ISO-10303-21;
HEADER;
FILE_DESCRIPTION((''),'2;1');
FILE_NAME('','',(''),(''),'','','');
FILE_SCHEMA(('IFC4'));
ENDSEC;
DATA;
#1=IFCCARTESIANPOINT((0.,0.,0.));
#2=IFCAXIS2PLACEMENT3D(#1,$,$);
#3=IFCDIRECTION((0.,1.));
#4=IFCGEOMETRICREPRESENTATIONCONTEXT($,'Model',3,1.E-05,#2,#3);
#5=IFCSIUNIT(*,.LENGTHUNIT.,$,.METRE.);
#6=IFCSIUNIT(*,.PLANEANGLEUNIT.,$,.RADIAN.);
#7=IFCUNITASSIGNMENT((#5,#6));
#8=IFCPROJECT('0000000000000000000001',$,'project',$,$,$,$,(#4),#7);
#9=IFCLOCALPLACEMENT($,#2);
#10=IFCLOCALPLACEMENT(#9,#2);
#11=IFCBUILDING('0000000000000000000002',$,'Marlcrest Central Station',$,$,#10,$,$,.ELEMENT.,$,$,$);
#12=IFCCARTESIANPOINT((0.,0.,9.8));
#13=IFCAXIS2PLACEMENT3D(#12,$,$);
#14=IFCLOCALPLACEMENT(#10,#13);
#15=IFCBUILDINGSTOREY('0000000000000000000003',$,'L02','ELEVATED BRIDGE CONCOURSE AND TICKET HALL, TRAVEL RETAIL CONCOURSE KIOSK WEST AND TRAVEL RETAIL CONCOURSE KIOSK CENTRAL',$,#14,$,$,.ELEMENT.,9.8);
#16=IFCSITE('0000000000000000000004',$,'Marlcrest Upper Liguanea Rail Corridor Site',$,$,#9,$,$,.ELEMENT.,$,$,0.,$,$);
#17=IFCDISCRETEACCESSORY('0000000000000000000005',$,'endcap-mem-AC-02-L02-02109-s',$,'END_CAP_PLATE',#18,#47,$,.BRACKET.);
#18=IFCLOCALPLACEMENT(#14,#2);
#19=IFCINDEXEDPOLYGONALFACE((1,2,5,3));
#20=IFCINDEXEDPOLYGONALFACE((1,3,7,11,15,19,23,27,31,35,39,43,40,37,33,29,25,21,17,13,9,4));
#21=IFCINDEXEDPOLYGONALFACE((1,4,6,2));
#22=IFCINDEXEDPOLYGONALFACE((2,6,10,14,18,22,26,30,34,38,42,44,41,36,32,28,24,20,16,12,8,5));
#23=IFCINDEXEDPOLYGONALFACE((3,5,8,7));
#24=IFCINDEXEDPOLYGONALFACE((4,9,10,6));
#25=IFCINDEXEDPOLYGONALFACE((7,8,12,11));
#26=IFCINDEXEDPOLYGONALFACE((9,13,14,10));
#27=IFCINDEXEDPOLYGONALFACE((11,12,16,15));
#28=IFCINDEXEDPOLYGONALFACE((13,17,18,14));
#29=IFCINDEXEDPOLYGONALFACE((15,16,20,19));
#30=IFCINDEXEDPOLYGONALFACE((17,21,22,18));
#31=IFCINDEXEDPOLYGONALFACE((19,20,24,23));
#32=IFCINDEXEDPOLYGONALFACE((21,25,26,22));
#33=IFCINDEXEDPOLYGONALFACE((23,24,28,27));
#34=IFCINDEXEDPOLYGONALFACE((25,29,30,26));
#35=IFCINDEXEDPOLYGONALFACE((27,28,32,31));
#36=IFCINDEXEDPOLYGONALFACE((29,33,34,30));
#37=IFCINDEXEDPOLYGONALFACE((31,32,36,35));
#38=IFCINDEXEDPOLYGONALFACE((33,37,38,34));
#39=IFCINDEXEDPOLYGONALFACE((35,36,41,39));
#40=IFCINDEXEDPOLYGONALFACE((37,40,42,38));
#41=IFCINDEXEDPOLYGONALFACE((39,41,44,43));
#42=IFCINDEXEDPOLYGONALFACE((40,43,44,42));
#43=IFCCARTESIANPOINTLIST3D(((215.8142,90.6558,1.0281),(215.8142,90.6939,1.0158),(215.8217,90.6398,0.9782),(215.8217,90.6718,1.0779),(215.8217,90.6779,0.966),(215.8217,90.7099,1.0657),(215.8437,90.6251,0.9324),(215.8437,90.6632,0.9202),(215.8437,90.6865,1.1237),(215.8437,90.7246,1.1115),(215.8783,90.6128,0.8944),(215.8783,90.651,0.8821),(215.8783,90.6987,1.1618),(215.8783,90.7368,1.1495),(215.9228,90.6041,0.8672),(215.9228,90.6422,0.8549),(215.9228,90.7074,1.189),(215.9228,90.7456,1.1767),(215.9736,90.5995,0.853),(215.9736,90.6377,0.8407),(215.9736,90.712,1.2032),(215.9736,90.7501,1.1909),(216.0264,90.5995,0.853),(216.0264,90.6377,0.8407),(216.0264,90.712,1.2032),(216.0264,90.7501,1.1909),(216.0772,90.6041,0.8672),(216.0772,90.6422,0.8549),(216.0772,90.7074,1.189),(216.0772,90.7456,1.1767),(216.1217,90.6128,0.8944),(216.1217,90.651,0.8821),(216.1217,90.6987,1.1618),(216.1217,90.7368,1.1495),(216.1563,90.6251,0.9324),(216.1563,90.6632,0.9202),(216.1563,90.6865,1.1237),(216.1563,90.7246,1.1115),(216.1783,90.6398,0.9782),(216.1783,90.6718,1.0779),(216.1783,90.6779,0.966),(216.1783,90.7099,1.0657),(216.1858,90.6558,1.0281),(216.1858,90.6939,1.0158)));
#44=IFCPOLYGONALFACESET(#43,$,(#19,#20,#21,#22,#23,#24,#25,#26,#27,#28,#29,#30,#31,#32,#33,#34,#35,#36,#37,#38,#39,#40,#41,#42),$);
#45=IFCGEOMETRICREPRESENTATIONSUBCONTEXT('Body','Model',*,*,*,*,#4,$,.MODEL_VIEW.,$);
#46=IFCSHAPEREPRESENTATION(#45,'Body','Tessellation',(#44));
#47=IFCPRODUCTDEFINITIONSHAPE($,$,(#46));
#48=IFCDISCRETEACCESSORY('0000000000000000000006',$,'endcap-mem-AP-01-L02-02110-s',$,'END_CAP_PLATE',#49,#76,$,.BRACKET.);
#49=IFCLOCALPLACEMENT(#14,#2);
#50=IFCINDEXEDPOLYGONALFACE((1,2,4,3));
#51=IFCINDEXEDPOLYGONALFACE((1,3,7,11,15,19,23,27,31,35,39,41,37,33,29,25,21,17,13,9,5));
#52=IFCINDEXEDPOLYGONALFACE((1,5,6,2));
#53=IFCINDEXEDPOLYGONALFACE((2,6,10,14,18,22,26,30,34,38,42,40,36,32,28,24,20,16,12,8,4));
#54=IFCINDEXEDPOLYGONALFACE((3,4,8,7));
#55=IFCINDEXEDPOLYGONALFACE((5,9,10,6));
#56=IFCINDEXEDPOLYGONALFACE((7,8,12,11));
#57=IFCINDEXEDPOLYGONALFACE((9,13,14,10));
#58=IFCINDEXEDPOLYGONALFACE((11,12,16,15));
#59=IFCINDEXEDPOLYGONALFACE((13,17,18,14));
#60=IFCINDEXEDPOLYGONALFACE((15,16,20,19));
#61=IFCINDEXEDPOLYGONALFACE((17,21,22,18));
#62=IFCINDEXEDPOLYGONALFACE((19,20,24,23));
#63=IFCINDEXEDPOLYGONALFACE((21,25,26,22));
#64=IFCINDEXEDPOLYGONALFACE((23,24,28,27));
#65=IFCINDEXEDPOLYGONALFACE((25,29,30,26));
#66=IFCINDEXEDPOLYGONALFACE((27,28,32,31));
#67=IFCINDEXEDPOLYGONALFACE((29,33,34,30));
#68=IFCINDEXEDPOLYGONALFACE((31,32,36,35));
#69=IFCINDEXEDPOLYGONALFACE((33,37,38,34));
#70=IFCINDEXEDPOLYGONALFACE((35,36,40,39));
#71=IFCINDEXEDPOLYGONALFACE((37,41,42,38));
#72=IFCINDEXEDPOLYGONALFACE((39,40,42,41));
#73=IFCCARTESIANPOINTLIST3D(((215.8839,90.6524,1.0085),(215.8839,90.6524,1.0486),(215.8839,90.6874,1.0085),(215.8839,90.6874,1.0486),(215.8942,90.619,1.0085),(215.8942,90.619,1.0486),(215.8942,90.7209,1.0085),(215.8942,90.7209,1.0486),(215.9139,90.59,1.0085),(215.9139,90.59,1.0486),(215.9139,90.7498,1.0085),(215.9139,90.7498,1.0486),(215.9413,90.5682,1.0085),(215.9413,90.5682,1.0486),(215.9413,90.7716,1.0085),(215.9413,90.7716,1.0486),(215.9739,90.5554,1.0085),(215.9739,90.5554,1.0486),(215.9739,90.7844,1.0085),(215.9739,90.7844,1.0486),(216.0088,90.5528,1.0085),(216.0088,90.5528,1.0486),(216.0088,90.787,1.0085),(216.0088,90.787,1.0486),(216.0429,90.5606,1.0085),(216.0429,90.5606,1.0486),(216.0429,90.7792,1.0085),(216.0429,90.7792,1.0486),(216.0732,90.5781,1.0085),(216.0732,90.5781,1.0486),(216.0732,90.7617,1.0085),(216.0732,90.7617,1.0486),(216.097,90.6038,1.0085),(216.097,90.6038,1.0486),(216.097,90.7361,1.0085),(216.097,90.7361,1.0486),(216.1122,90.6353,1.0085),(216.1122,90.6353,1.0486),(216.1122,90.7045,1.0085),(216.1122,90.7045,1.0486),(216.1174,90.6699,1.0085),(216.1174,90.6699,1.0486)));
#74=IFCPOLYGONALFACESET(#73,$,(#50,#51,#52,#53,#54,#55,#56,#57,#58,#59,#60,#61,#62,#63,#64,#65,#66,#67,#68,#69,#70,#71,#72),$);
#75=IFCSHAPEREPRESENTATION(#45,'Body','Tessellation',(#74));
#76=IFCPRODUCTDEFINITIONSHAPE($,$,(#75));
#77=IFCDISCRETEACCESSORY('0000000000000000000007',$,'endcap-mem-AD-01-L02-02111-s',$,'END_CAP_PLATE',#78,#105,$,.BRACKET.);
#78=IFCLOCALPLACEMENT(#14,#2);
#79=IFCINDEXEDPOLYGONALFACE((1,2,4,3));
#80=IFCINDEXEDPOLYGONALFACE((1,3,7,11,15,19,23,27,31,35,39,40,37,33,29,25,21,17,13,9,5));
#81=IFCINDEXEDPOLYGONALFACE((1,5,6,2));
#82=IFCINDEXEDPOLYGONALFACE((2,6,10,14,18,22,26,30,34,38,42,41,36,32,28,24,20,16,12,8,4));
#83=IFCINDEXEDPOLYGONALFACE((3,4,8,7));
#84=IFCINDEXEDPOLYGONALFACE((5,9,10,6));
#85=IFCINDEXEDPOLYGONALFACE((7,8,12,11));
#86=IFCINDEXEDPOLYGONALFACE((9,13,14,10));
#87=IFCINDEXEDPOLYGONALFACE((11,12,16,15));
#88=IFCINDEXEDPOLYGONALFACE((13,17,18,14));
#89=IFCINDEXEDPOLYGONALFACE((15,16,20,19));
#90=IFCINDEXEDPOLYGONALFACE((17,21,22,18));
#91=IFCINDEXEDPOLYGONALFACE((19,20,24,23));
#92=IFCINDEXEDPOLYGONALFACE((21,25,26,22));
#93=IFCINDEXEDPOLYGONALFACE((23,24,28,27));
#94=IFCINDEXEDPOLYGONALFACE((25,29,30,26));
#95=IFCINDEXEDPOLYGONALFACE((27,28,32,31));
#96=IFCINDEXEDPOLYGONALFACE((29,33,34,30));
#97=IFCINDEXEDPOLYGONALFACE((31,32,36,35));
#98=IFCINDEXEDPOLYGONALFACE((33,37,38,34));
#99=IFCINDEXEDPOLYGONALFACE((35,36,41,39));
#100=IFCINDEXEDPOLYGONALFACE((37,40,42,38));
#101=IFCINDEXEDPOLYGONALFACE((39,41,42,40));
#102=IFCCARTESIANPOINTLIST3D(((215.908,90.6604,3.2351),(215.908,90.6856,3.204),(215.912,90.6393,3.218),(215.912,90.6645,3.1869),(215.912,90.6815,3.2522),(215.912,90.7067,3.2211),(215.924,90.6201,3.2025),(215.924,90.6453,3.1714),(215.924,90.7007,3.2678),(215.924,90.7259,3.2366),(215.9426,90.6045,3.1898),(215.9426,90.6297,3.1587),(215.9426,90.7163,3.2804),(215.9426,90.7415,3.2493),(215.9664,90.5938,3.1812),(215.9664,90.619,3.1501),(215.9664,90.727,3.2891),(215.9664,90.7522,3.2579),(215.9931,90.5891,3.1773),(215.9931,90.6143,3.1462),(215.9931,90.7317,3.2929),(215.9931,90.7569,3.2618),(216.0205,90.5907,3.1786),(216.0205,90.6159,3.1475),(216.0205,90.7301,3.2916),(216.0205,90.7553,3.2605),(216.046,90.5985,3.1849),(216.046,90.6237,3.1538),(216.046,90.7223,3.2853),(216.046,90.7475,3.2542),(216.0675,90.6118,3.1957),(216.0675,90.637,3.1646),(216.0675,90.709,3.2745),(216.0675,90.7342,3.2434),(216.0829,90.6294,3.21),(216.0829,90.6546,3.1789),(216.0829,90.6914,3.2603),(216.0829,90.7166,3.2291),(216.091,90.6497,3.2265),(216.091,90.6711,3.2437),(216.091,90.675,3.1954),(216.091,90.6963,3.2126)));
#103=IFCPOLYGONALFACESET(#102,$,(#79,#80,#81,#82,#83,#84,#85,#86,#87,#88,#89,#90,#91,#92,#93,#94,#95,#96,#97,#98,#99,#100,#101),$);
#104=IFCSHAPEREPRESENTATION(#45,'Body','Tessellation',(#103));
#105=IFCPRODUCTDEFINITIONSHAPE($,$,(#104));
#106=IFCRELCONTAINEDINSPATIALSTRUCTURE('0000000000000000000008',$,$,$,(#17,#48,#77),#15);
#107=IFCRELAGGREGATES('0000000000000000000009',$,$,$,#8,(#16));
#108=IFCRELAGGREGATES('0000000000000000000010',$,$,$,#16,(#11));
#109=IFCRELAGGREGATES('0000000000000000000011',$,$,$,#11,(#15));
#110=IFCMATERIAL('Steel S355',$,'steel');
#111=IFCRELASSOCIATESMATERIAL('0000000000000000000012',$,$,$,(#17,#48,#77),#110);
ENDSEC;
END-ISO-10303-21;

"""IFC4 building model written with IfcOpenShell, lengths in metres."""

from ifc_helpers import new_model, si_unit, direction, frame, origin, origin_2d, place, context, subcontext, project, spatial, circle, extrude, material, element, save


model = new_model("IFC4")

# Units and contexts
model_context = context("Model", 3, precision=1e-05, world=origin(), true_north=direction((0.0, 1.0)))
body_context = subcontext(model_context, "Body", "Model", "MODEL_VIEW")
ifc_project = project(units=[si_unit("LENGTHUNIT", "METRE"), si_unit("PLANEANGLEUNIT", "RADIAN")], contexts=[model_context])

# Site, building, storey
site_placement = place(None, origin())
site = spatial("IfcSite", under=ifc_project, at=site_placement, Name="Marlcrest Upper Liguanea Rail Corridor Site", CompositionType="ELEMENT", RefElevation=0.0)
building_placement = place(site_placement, origin())
building = spatial("IfcBuilding", under=site, at=building_placement, Name="Marlcrest Central Station", CompositionType="ELEMENT")
storey_placement = place(building_placement, frame((0.0, 0.0, 9.8)))
storey = spatial("IfcBuildingStorey", under=building, at=storey_placement, Name="L02", Description="ELEVATED BRIDGE CONCOURSE AND TICKET HALL, TRAVEL RETAIL CONCOURSE KIOSK WEST AND TRAVEL RETAIL CONCOURSE KIOSK CENTRAL", CompositionType="ELEMENT", Elevation=9.8)

# Shared definitions
ifc_material = material(Name="Steel S355", Category="steel")

# Discrete accessories
discrete_accessory_1_placement = place(storey_placement, frame((216.0, 90.6558, 1.0281), z_axis=(0.0, 0.952117, -0.305734), x_axis=(-1.0, 0.0, 0.0)))
element("IfcDiscreteAccessory", 1, at=discrete_accessory_1_placement, inside=storey, material=ifc_material, Name="endcap-mem-AC-02-L02-02109-s", ObjectType="END_CAP_PLATE", PredefinedType="BRACKET", context=body_context, shape_type="SweptSolid", body=[
    extrude(circle(Radius=0.1858, at=origin_2d()), origin(), (0.0, 0.0, 1.0), 0.04),
])
discrete_accessory_2_placement = place(storey_placement, frame((216.0, 90.6699, 1.0085), z_axis=(0.0, 0.0, 1.0), x_axis=(1.0, 0.0, 0.0)))
element("IfcDiscreteAccessory", 2, at=discrete_accessory_2_placement, inside=storey, material=ifc_material, Name="endcap-mem-AP-01-L02-02110-s", ObjectType="END_CAP_PLATE", PredefinedType="BRACKET", context=body_context, shape_type="SweptSolid", body=[
    extrude(circle(Radius=0.1174, at=origin_2d()), origin(), (0.0, 0.0, 1.0), 0.04),
])
discrete_accessory_3_placement = place(storey_placement, frame((216.0, 90.6604, 3.2351), z_axis=(0.0, 0.629629, -0.776896), x_axis=(-1.0, 0.0, 0.0)))
element("IfcDiscreteAccessory", 3, at=discrete_accessory_3_placement, inside=storey, material=ifc_material, Name="endcap-mem-AD-01-L02-02111-s", ObjectType="END_CAP_PLATE", PredefinedType="BRACKET", context=body_context, shape_type="SweptSolid", body=[
    extrude(circle(Radius=0.092, at=origin_2d()), origin(), (0.0, 0.0, 1.0), 0.04),
])

save(model, "model.ifc")
